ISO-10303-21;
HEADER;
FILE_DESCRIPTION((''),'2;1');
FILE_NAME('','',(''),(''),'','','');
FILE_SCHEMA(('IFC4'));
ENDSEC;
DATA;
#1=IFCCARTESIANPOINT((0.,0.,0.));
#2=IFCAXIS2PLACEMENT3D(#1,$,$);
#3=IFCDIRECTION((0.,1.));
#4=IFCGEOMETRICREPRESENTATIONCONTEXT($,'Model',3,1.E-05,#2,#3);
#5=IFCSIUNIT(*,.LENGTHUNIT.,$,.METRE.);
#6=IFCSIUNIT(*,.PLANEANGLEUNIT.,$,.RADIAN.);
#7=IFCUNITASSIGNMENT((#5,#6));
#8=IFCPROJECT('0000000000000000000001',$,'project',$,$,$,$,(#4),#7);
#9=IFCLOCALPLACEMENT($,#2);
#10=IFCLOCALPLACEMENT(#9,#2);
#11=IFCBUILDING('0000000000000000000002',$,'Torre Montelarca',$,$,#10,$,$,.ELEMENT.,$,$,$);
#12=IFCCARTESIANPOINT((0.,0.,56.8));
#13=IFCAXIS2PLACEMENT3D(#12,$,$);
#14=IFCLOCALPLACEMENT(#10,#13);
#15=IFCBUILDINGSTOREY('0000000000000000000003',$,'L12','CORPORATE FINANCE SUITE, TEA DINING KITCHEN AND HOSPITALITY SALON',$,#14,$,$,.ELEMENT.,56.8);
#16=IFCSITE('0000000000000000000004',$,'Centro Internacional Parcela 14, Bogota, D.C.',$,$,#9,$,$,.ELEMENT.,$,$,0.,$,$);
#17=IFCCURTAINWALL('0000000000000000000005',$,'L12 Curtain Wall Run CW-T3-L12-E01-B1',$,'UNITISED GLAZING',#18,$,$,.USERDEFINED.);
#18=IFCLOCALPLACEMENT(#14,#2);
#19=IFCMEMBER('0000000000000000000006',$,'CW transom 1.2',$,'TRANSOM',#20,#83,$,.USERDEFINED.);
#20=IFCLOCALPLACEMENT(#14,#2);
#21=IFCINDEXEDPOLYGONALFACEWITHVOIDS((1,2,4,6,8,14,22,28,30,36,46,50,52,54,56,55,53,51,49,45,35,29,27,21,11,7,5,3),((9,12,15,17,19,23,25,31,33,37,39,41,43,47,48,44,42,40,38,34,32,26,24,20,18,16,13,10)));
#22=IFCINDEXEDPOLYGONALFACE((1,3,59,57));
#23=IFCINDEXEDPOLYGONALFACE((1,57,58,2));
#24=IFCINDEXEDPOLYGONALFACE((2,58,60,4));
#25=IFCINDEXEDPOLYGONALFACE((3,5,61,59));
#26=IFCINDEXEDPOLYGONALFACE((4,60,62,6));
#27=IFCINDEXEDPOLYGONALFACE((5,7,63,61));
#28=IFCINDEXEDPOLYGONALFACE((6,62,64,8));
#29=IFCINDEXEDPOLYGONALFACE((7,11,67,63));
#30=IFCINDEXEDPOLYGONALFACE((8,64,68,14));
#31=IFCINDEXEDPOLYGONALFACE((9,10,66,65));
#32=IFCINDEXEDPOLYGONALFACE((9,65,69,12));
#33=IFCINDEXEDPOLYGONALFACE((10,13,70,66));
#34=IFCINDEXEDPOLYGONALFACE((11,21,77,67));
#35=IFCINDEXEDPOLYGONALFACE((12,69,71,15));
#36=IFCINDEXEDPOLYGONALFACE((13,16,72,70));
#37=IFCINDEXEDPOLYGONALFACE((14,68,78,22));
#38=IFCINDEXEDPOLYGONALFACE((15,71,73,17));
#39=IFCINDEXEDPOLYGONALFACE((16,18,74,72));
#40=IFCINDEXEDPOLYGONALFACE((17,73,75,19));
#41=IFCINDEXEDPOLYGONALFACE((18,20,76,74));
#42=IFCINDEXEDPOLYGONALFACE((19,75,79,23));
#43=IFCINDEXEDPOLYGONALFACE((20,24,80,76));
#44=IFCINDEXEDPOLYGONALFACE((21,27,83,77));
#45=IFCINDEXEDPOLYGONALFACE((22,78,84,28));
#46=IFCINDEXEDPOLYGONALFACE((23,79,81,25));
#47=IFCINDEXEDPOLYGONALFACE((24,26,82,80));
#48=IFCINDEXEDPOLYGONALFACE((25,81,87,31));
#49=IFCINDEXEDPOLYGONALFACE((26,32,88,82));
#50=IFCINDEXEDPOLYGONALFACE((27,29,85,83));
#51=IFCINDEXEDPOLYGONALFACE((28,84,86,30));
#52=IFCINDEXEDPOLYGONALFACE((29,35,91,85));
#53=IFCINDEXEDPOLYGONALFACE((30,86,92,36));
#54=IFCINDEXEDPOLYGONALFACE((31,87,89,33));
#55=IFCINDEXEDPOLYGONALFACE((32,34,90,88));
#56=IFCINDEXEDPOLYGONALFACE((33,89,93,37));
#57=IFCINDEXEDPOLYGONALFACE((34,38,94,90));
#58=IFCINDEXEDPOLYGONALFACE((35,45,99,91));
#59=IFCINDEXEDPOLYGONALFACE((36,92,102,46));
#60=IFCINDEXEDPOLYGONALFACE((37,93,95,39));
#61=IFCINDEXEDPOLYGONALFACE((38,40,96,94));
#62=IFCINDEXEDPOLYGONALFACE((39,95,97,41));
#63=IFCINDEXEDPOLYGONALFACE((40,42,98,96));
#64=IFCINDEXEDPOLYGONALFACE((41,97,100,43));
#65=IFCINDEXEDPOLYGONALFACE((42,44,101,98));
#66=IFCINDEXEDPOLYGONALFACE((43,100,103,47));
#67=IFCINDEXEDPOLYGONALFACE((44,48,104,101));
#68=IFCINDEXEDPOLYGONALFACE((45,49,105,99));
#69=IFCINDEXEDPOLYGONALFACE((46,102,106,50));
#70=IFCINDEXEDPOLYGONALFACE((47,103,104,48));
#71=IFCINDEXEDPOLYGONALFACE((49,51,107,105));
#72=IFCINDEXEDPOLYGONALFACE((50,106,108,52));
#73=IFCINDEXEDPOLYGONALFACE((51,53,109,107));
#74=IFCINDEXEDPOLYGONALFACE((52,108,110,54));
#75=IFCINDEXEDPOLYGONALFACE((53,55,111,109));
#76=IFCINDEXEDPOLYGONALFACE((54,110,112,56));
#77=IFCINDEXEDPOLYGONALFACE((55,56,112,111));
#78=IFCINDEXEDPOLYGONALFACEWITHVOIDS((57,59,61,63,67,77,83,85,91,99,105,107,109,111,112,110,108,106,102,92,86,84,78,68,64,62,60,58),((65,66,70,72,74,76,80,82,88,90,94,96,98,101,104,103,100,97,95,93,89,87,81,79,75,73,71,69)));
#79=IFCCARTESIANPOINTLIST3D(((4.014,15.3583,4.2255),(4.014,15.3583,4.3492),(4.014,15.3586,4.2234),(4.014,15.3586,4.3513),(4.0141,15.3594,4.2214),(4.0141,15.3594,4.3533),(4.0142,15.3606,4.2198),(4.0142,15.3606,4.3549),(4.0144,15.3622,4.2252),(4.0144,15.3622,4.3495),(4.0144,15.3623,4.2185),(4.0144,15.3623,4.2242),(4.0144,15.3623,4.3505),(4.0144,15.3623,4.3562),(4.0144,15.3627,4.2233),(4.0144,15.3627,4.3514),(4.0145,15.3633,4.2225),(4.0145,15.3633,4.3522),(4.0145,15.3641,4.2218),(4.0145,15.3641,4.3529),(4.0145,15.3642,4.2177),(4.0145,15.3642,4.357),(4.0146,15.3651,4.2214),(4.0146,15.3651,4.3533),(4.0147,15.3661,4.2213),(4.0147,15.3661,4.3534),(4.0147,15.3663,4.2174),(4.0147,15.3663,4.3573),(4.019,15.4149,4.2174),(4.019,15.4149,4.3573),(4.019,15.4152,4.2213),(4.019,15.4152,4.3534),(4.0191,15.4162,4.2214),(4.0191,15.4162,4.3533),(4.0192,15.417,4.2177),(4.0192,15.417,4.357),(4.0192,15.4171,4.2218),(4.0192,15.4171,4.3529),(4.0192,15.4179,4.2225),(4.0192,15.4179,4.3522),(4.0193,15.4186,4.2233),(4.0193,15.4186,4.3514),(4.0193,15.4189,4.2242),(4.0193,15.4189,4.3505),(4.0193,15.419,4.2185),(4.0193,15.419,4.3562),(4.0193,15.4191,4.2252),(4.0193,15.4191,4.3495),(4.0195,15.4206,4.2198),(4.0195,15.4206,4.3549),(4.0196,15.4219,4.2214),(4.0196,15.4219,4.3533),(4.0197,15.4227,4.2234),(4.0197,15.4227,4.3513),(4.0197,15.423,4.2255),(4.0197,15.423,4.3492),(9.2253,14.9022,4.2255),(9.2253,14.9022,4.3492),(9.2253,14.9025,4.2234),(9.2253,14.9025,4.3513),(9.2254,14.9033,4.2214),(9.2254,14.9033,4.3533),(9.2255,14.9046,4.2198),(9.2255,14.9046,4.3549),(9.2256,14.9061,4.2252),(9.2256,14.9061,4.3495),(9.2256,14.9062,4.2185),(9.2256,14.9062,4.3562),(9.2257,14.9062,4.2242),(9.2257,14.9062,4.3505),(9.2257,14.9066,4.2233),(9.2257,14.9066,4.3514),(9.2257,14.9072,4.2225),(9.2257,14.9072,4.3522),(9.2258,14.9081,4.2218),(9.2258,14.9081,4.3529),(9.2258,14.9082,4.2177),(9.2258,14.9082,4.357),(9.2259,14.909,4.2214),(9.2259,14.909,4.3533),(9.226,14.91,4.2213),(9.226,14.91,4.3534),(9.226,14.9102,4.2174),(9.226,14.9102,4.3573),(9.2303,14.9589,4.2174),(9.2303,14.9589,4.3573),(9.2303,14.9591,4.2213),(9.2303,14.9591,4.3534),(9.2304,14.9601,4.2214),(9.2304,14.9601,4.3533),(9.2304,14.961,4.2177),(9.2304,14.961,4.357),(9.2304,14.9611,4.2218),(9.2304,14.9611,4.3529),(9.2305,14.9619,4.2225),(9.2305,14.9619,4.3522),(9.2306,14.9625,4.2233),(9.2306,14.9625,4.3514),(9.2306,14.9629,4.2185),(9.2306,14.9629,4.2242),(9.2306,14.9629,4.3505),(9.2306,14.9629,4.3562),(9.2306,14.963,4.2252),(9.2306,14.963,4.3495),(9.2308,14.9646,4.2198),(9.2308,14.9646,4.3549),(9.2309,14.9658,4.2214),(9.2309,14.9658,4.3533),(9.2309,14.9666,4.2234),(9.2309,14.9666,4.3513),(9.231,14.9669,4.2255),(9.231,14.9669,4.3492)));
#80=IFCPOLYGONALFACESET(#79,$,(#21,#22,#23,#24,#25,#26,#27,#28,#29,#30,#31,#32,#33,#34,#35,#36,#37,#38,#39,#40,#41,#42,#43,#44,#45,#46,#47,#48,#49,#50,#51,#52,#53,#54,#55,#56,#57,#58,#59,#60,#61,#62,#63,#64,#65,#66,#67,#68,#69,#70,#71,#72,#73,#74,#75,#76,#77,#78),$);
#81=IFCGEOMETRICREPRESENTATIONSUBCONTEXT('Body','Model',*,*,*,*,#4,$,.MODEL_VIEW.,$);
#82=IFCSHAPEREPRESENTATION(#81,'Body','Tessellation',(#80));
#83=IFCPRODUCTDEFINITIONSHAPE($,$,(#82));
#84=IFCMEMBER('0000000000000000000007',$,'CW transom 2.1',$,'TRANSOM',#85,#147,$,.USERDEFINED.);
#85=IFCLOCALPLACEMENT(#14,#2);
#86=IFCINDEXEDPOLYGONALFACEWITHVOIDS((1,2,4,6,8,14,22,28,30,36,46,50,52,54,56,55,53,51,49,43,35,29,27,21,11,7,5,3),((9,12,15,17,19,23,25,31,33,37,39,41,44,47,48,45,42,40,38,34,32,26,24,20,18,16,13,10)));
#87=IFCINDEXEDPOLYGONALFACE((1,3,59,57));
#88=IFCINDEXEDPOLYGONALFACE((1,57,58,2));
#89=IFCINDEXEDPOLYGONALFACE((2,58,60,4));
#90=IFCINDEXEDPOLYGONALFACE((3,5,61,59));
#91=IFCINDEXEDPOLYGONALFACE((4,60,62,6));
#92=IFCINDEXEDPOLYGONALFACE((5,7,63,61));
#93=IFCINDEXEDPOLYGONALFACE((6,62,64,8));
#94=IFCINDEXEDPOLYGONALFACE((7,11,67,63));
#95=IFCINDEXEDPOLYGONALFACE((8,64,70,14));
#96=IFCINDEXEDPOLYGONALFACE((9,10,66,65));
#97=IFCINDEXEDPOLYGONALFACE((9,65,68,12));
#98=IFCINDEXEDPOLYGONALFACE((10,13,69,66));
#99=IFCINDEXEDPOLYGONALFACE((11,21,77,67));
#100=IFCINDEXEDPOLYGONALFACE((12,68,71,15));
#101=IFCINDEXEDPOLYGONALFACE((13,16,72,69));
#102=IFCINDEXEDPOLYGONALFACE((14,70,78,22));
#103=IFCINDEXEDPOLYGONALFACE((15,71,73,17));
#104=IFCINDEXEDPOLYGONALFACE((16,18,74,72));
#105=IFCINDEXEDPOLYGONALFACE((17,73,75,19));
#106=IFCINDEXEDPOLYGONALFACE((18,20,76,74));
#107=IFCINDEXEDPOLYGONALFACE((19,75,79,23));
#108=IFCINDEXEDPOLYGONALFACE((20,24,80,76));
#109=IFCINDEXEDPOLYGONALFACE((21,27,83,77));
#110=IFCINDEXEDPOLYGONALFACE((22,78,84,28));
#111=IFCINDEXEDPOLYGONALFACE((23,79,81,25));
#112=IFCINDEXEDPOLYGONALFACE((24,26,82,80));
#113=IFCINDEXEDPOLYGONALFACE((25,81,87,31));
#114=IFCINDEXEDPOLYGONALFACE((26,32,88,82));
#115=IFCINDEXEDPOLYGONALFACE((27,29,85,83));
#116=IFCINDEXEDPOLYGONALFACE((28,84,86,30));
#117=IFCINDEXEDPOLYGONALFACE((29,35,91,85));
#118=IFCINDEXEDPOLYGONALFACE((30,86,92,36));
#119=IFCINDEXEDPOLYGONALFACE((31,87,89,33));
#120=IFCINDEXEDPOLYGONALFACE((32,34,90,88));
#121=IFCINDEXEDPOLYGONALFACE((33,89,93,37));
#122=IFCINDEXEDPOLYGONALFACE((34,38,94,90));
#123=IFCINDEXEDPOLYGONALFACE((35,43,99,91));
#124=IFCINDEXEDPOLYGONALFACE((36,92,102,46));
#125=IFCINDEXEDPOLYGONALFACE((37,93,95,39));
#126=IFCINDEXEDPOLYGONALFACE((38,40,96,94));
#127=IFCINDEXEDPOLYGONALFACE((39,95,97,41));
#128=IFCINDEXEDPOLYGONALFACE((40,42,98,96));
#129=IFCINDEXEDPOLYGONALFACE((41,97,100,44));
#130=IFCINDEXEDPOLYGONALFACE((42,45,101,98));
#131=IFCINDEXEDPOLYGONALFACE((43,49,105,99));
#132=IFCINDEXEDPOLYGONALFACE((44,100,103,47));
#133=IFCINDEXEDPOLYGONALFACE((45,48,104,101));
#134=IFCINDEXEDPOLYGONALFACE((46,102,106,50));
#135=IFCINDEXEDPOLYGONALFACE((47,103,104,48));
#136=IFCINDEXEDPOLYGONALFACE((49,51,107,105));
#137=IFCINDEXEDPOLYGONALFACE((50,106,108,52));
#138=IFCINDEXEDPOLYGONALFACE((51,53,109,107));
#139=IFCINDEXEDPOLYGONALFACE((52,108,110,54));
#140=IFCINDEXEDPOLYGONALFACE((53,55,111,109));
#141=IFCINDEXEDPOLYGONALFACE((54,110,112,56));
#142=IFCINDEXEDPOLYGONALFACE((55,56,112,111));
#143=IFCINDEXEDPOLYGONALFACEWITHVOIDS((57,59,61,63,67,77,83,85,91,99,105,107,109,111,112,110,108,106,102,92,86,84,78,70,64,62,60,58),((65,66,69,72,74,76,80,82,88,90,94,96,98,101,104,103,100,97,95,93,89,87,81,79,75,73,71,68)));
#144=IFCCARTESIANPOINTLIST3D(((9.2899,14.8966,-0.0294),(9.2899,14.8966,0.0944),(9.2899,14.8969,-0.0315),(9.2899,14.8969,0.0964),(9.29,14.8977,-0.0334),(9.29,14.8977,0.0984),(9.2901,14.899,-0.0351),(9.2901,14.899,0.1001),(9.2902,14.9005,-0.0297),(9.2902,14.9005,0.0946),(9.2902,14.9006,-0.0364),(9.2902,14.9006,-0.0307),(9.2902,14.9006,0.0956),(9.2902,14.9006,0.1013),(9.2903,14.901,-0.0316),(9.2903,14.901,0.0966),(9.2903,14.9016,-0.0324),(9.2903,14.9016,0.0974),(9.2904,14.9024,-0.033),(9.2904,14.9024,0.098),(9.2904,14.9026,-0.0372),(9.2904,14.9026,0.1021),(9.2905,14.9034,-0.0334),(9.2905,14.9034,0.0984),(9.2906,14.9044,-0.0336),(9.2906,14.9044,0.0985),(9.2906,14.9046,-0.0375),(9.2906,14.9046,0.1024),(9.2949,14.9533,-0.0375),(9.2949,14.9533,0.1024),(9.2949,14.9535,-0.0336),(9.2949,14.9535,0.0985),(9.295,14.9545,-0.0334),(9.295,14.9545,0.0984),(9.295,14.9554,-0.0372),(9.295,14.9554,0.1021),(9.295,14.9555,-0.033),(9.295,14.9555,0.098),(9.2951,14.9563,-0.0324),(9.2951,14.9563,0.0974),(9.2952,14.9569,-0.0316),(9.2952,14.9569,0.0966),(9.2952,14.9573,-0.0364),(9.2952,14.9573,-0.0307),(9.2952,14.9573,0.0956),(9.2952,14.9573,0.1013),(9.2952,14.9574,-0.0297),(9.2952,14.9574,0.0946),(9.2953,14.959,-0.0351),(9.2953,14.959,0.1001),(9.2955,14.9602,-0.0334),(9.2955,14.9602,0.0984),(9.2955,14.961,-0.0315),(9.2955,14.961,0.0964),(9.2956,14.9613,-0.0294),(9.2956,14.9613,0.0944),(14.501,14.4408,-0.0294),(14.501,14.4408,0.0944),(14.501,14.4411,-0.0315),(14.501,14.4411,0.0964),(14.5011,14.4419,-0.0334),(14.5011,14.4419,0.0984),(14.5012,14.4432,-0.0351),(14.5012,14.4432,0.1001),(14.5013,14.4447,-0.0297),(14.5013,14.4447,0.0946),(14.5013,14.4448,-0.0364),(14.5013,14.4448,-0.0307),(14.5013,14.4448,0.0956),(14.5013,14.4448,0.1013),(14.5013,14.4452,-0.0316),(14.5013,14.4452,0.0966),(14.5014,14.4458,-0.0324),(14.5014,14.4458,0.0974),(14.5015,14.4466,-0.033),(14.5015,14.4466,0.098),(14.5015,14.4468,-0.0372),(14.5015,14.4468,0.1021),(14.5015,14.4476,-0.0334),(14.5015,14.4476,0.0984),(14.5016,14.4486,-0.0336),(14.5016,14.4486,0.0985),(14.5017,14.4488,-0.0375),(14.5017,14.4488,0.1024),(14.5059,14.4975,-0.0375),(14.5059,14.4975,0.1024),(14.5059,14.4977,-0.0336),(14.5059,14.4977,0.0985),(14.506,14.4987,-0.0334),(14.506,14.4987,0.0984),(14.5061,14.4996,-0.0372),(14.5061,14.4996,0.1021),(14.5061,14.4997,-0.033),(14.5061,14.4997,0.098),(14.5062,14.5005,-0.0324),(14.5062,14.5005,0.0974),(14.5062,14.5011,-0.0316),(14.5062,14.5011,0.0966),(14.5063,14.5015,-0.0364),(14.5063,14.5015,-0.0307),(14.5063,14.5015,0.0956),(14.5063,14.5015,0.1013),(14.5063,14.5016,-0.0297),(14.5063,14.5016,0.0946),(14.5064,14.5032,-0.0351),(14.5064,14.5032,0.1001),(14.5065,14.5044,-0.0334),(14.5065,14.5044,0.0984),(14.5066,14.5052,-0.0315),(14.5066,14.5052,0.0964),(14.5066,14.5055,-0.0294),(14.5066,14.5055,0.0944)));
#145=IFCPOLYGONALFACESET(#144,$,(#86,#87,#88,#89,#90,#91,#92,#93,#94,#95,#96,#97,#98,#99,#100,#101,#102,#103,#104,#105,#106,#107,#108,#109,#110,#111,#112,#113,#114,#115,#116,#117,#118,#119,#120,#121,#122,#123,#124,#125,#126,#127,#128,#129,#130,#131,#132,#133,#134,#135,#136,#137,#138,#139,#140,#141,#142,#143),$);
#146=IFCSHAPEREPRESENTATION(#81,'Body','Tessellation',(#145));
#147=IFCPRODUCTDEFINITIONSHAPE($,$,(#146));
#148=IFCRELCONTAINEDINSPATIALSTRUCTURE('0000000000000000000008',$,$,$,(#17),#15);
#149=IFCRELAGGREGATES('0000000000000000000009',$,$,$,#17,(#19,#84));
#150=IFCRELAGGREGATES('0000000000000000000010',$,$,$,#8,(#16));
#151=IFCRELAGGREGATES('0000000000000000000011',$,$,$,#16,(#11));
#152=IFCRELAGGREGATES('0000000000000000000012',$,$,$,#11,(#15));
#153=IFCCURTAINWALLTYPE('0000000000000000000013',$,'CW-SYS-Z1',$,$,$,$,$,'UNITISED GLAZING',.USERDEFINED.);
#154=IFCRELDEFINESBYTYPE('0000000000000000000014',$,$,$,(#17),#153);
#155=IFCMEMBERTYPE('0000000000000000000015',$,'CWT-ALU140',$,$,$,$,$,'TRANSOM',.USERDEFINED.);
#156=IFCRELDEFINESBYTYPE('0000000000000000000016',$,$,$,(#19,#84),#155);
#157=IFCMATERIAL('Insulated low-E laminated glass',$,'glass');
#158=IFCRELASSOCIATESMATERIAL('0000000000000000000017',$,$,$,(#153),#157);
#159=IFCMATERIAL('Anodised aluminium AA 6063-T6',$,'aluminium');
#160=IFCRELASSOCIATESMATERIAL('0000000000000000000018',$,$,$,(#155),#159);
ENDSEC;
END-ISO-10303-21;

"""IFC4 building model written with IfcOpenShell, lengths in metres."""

from ifc_helpers import new_model, si_unit, direction, frame, origin, origin_2d, place, context, subcontext, project, spatial, hollow_rectangle, extrude, source, transform, mapped, material, material_profile, profile_set, type_object, element, aggregate, save


model = new_model("IFC4")

# Units and contexts
model_context = context("Model", 3, precision=1e-05, world=origin(), true_north=direction((0.0, 1.0)))
body_context = subcontext(model_context, "Body", "Model", "MODEL_VIEW")
ifc_project = project(units=[si_unit("LENGTHUNIT", "METRE"), si_unit("PLANEANGLEUNIT", "RADIAN")], contexts=[model_context])

# Site, building, storey
site_placement = place(None, origin())
site = spatial("IfcSite", under=ifc_project, at=site_placement, Name="Centro Internacional Parcela 14, Bogota, D.C.", CompositionType="ELEMENT", RefElevation=0.0)
building_placement = place(site_placement, origin())
building = spatial("IfcBuilding", under=site, at=building_placement, Name="Torre Montelarca", CompositionType="ELEMENT")
storey_placement = place(building_placement, frame((0.0, 0.0, 56.8)))
storey = spatial("IfcBuildingStorey", under=building, at=storey_placement, Name="L12", Description="CORPORATE FINANCE SUITE, TEA DINING KITCHEN AND HOSPITALITY SALON", CompositionType="ELEMENT", Elevation=56.8)

# Curtain wall
ifc_material_1 = material(Name="Insulated low-E laminated glass", Category="glass")
curtain_wall_type = type_object("IfcCurtainWallType", Name="CW-SYS-Z1", ElementType="UNITISED GLAZING", PredefinedType="USERDEFINED", material=ifc_material_1)
curtain_wall_1_placement = place(storey_placement, origin())
curtain_wall_1 = element("IfcCurtainWall", 1, at=curtain_wall_1_placement, inside=storey, type_object=curtain_wall_type, Name="L12 Curtain Wall Run CW-T3-L12-E01-B1", ObjectType="UNITISED GLAZING", PredefinedType="USERDEFINED")
ifc_material_2 = material(Name="Anodised aluminium AA 6063-T6", Category="aluminium")
ifc_material_profile_1 = material_profile(ifc_material_2, hollow_rectangle(XDim=0.0649, YDim=0.1399, WallThickness=0.0039, InnerFilletRadius=0.0039, OuterFilletRadius=0.0081, at=origin_2d()), Name="ALU65X140X4", Category="aluminium")
ifc_profile_set_1 = profile_set([ifc_material_profile_1], Name="Anodised aluminium AA 6063-T6")
member_type_1 = type_object("IfcMemberType", Name="CWT-ALU140", ElementType="TRANSOM", PredefinedType="USERDEFINED", material=ifc_profile_set_1)

# Members
shared_shape_1 = source(origin(), body_context, "Body", "SweptSolid", [
    extrude(hollow_rectangle(XDim=0.0649, YDim=0.1399, WallThickness=0.0039, InnerFilletRadius=0.0039, OuterFilletRadius=0.0081, at=origin_2d()), origin(), (0.0, 0.0, 1.0), 5.2312),
])
member_1_placement = place(storey_placement, frame((4.0168, 15.3906, 4.2874), z_axis=(0.996192, -0.087181, 0.0), x_axis=(0.087181, 0.996192, 0.0)))
member_1 = element("IfcMember", 2, at=member_1_placement, type_object=member_type_1, Name="CW transom 1.2", ObjectType="TRANSOM", PredefinedType="USERDEFINED", context=body_context, shape_type="MappedRepresentation", body=[
    mapped(shared_shape_1, transform((0.0, 0.0, 0.0), scale=1.0)),
])
shared_shape_2 = source(origin(), body_context, "Body", "SweptSolid", [
    extrude(hollow_rectangle(XDim=0.0649, YDim=0.1399, WallThickness=0.0039, InnerFilletRadius=0.0039, OuterFilletRadius=0.0081, at=origin_2d()), origin(), (0.0, 0.0, 1.0), 5.231),
])
member_2_placement = place(storey_placement, frame((9.2927, 14.929, 0.0325), z_axis=(0.996197, -0.087135, 0.0), x_axis=(0.087135, 0.996197, 0.0)))
member_2 = element("IfcMember", 3, at=member_2_placement, type_object=member_type_1, Name="CW transom 2.1", ObjectType="TRANSOM", PredefinedType="USERDEFINED", context=body_context, shape_type="MappedRepresentation", body=[
    mapped(shared_shape_2, transform((0.0, 0.0, 0.0), scale=1.0)),
])

aggregate(curtain_wall_1, [member_1, member_2])

save(model, "model.ifc")
